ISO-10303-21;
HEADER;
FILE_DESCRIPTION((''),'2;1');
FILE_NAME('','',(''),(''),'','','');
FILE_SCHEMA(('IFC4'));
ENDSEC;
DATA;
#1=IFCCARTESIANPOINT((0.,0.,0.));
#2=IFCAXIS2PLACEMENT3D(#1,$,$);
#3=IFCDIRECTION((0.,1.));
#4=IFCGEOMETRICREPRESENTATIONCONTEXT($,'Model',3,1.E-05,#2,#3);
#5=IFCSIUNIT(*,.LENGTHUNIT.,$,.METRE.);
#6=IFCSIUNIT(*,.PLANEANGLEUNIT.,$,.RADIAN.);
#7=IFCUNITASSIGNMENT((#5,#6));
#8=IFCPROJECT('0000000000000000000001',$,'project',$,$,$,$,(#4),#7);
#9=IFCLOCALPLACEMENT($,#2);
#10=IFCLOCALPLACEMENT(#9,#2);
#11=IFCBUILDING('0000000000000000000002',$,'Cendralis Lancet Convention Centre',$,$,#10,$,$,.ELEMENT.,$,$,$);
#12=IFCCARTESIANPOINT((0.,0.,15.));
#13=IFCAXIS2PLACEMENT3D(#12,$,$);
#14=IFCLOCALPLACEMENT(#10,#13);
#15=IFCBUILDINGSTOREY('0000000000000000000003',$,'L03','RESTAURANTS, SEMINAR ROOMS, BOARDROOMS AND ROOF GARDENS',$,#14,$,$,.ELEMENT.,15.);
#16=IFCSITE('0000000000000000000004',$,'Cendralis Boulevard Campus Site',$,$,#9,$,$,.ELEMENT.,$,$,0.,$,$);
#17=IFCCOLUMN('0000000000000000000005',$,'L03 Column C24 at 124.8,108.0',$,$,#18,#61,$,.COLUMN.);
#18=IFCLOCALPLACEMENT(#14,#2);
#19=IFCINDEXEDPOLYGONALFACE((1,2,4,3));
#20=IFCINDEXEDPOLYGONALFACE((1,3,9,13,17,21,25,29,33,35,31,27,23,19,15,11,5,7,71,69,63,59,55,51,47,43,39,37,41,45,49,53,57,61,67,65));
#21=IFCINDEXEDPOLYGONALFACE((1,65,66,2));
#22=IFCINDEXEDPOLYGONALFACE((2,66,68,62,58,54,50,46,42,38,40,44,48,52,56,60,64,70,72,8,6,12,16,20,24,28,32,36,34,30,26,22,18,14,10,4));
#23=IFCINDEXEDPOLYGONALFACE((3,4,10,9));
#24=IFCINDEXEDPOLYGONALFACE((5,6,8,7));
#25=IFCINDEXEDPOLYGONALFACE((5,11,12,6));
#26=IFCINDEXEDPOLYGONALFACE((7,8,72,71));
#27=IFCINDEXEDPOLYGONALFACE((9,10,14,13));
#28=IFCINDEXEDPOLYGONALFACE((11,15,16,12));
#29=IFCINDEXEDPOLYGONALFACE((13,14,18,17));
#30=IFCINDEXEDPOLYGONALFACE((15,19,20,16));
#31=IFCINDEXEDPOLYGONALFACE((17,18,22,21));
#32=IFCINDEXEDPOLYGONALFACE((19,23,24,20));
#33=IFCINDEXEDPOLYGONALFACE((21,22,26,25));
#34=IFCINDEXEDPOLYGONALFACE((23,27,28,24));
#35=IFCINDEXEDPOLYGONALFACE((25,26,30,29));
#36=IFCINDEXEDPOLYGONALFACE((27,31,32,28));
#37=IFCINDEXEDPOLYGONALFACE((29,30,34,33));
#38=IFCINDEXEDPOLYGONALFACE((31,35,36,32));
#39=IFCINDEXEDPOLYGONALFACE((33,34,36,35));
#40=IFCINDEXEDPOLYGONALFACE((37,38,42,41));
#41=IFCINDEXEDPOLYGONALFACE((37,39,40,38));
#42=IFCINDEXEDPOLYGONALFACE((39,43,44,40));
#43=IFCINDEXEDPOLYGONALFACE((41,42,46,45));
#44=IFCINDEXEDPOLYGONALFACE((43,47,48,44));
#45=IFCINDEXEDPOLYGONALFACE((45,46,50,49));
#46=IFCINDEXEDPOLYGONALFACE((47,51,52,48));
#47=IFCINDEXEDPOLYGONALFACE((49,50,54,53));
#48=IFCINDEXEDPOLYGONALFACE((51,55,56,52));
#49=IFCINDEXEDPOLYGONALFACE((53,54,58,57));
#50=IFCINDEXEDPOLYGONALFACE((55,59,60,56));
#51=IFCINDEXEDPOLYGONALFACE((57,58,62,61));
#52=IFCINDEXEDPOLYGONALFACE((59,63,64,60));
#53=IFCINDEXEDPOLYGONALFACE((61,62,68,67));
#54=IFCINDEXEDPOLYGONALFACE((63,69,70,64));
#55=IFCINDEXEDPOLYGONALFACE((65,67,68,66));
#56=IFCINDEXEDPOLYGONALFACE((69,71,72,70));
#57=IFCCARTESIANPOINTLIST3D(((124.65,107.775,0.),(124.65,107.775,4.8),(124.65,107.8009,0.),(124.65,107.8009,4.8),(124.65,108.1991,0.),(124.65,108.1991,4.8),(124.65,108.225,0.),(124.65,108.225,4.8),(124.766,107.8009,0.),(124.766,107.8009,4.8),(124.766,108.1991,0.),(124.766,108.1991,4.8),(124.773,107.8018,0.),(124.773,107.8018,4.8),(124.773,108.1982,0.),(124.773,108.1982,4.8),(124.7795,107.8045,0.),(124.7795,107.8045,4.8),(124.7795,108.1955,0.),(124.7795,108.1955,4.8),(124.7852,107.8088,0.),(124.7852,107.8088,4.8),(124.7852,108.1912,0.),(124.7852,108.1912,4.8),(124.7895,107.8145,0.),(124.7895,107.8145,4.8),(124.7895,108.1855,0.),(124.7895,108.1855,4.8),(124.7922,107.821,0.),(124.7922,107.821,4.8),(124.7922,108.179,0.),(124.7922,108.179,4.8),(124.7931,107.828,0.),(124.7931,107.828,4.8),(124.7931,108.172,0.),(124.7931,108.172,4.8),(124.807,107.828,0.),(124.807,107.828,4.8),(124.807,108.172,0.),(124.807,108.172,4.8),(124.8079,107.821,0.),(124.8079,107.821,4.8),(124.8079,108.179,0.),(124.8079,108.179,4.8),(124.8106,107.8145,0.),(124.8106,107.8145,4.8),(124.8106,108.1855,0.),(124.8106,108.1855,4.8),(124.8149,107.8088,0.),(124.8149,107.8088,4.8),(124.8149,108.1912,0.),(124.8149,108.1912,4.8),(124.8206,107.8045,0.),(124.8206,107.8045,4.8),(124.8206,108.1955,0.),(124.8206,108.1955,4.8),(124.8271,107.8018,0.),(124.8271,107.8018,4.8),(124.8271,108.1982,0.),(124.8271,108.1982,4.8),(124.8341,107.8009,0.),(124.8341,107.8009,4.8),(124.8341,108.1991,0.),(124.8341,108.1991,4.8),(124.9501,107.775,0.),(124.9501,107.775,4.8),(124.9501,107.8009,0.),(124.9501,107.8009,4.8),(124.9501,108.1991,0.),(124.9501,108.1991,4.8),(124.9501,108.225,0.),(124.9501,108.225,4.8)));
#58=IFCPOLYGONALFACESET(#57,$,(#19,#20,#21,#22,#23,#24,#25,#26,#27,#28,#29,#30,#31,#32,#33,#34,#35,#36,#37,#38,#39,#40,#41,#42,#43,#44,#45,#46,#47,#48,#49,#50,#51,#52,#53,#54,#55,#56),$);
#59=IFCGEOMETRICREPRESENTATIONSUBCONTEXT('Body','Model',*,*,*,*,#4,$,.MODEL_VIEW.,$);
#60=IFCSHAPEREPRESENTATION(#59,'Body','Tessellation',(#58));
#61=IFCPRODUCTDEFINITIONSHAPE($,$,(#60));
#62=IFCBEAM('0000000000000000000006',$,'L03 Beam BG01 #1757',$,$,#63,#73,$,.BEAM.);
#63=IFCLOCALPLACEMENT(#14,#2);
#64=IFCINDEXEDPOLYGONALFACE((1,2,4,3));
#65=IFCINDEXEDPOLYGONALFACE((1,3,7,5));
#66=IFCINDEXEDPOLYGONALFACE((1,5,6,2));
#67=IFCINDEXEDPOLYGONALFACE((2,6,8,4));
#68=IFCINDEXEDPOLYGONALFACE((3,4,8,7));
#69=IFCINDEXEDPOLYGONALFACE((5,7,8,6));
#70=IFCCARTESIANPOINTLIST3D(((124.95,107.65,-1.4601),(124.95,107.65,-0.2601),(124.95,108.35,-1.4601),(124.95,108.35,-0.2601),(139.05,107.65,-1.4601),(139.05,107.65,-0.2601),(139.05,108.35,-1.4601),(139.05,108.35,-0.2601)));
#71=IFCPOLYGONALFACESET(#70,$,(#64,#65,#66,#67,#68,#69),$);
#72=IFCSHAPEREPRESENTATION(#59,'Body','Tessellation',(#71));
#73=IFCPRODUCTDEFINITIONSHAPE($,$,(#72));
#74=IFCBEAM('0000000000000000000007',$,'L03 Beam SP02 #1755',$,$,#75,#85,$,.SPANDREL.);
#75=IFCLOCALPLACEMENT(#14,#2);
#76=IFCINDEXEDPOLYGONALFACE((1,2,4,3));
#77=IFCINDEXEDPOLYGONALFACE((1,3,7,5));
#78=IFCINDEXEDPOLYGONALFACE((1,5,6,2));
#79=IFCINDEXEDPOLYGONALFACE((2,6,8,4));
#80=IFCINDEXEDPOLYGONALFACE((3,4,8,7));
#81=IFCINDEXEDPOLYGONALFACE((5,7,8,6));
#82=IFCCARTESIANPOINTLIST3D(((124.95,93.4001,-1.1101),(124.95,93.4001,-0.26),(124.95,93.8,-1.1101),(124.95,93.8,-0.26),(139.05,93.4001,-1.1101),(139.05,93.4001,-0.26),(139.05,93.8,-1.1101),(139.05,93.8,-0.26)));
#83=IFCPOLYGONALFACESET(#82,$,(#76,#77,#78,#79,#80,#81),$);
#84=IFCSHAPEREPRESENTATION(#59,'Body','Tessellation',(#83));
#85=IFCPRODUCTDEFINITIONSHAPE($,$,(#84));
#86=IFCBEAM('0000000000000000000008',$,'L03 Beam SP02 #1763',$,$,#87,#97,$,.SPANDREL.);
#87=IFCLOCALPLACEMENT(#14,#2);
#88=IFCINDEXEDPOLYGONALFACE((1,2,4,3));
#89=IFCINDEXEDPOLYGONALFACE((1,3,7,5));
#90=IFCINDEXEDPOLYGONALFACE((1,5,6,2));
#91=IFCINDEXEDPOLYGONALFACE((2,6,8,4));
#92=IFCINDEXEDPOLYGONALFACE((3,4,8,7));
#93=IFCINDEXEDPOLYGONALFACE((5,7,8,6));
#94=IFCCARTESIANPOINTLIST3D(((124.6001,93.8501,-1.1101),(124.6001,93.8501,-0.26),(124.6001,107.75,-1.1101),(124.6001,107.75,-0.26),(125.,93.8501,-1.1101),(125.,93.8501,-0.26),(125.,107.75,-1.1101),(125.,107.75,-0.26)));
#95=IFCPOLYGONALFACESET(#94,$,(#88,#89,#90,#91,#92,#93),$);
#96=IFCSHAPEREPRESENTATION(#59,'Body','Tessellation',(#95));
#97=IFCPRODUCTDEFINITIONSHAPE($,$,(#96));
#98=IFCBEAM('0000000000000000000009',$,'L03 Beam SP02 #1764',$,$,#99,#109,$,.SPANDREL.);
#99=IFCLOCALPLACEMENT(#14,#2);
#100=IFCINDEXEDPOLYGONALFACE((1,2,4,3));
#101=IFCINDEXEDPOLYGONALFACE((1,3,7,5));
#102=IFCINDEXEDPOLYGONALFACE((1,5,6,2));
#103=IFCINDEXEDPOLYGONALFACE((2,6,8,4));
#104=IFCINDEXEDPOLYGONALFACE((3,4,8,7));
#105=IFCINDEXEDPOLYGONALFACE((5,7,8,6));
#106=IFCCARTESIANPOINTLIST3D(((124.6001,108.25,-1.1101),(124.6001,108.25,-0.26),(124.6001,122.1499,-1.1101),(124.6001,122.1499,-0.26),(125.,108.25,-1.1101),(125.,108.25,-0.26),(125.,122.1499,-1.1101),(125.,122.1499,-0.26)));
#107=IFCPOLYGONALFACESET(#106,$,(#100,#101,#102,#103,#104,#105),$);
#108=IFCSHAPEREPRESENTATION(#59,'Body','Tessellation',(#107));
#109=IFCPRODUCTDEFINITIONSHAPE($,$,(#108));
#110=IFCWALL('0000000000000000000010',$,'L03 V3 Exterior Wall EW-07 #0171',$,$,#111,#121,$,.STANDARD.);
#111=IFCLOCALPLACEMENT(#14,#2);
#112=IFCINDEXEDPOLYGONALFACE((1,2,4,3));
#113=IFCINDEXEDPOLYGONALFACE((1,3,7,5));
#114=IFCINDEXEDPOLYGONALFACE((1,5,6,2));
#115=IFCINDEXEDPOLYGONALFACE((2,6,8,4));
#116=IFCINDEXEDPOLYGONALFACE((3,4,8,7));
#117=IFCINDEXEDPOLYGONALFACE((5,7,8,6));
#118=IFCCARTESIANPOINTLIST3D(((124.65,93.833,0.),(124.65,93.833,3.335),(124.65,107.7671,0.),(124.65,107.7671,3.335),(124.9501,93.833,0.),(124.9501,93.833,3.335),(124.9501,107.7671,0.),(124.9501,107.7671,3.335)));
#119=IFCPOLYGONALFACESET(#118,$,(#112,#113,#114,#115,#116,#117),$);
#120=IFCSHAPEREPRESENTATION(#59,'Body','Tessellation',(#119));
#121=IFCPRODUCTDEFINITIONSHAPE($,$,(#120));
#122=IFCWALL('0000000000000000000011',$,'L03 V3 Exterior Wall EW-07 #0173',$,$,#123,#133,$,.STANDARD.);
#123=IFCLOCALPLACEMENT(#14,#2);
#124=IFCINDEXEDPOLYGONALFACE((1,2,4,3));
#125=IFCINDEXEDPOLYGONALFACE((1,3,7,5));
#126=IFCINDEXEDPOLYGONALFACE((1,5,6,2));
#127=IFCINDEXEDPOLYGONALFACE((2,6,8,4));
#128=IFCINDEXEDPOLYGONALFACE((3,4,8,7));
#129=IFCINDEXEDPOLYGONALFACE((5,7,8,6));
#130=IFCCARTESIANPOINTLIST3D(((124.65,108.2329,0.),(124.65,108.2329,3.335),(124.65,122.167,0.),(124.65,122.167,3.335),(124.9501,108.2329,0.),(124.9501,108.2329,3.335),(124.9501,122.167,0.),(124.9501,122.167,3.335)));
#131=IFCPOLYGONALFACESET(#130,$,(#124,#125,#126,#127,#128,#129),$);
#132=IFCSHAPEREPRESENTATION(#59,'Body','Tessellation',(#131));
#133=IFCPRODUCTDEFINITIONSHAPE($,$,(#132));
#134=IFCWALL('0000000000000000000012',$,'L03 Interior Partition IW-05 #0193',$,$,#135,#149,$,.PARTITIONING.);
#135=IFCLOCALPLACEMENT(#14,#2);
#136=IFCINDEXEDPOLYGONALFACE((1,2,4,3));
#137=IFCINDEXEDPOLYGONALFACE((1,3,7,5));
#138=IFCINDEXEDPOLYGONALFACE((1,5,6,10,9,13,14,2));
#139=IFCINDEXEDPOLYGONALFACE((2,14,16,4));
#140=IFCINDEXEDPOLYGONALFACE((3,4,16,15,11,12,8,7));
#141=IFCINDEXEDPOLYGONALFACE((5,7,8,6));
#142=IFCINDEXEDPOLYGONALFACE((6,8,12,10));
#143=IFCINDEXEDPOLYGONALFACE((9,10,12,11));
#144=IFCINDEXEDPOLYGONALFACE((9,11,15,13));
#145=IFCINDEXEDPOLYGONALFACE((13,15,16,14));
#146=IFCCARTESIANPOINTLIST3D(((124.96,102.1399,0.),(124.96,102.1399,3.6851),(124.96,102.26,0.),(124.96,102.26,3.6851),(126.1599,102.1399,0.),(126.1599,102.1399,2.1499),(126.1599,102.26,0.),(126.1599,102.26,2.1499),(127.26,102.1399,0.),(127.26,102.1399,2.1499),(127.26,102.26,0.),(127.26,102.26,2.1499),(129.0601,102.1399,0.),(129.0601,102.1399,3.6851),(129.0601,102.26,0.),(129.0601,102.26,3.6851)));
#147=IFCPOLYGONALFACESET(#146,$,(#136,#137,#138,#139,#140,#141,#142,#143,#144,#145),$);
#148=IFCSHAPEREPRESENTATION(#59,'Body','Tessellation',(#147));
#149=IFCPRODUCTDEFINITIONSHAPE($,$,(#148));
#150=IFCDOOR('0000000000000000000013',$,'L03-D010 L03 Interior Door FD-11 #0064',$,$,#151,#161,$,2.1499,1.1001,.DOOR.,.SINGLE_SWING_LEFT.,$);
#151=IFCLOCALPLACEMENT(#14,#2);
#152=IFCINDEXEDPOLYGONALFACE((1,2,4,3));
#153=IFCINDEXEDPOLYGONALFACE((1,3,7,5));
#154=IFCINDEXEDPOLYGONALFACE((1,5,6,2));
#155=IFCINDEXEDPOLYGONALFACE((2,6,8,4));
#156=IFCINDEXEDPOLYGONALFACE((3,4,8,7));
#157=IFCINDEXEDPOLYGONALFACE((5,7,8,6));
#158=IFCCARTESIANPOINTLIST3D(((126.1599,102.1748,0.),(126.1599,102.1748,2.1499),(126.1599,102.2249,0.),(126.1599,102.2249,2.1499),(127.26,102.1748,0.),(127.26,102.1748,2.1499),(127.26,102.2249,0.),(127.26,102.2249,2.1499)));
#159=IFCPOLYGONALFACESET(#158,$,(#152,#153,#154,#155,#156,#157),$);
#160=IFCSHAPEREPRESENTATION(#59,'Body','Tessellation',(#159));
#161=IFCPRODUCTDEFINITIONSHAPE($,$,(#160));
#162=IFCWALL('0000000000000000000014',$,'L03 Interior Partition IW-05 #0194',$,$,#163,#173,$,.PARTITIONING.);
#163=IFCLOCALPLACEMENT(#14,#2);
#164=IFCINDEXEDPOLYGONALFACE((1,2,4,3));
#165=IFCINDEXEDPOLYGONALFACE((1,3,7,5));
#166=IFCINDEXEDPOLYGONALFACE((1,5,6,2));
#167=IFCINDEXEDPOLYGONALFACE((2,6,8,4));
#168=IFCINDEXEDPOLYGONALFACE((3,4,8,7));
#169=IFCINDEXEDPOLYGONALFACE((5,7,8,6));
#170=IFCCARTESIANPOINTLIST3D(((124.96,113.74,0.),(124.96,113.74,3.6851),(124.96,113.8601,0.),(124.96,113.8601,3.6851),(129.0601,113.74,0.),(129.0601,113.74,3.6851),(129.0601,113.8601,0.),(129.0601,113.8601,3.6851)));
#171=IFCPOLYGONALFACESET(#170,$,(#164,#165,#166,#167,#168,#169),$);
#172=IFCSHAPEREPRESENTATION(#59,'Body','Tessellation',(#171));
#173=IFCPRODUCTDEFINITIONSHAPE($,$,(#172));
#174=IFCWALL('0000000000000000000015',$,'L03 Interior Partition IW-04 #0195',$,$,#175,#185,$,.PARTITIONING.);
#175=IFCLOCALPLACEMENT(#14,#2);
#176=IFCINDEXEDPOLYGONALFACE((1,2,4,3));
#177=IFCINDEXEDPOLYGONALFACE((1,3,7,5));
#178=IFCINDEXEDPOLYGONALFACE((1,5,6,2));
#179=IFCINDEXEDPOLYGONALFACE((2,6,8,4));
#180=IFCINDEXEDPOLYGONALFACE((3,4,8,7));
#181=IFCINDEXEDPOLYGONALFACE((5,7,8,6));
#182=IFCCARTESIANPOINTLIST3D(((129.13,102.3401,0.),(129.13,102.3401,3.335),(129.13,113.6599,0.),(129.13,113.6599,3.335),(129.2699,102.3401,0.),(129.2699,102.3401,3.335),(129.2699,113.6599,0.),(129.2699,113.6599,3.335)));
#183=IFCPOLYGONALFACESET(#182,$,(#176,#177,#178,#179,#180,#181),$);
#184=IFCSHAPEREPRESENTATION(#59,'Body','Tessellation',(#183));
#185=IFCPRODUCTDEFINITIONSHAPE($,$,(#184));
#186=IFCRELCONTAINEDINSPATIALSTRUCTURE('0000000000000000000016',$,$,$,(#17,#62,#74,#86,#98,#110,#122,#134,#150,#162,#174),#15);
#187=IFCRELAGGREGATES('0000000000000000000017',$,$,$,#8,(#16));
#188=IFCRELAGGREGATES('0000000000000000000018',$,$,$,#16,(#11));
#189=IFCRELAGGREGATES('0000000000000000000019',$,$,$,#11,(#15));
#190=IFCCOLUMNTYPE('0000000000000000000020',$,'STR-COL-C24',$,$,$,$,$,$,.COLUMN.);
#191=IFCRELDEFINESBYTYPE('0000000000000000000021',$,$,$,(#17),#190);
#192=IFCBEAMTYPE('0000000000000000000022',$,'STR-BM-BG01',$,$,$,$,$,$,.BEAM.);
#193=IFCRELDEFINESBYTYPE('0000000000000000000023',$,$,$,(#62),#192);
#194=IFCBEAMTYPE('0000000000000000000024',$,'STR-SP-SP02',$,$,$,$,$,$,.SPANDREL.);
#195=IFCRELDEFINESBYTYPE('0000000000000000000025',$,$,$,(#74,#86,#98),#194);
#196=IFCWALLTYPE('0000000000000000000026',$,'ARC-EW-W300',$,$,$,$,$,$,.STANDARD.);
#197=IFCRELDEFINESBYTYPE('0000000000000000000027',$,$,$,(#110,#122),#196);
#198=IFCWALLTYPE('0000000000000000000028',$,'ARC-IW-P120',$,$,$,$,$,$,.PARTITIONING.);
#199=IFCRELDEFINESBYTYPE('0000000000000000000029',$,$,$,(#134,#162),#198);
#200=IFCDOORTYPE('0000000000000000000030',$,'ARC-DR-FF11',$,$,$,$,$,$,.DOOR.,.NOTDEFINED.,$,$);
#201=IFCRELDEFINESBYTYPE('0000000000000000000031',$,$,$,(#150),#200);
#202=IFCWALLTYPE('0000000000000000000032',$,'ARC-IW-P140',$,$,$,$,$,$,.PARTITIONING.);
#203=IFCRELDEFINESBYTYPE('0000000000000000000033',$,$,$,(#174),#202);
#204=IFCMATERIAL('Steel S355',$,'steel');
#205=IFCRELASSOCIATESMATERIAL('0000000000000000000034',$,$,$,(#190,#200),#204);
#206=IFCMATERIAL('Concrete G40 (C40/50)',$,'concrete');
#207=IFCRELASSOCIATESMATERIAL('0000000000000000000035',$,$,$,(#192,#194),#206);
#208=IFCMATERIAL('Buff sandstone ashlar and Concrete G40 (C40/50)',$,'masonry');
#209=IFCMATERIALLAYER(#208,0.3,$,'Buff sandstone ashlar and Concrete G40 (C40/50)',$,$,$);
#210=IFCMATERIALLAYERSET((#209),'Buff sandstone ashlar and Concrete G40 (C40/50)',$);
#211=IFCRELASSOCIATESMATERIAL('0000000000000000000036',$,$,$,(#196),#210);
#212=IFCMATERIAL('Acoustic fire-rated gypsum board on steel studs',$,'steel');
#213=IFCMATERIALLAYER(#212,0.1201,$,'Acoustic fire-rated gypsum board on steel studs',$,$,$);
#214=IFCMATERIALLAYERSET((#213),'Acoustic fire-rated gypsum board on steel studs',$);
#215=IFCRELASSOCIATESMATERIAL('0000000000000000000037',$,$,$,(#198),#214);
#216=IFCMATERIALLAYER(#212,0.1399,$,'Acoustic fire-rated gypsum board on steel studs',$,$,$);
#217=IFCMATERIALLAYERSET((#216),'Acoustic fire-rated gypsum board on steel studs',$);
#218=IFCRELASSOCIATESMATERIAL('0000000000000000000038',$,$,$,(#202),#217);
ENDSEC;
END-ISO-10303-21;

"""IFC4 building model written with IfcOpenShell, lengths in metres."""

from ifc_helpers import new_model, si_unit, direction, frame, frame_2d, origin, origin_2d, place, context, subcontext, project, spatial, rectangle, i_section, extrude, material, layer, layer_set, material_profile, profile_set, type_object, element, fill, save


model = new_model("IFC4")

# Units and contexts
model_context = context("Model", 3, precision=1e-05, world=origin(), true_north=direction((0.0, 1.0)))
body_context = subcontext(model_context, "Body", "Model", "MODEL_VIEW")
ifc_project = project(units=[si_unit("LENGTHUNIT", "METRE"), si_unit("PLANEANGLEUNIT", "RADIAN")], contexts=[model_context])

# Site, building, storey
site_placement = place(None, origin())
site = spatial("IfcSite", under=ifc_project, at=site_placement, Name="Cendralis Boulevard Campus Site", CompositionType="ELEMENT", RefElevation=0.0)
building_placement = place(site_placement, origin())
building = spatial("IfcBuilding", under=site, at=building_placement, Name="Cendralis Lancet Convention Centre", CompositionType="ELEMENT")
storey_placement = place(building_placement, frame((0.0, 0.0, 15.0)))
storey = spatial("IfcBuildingStorey", under=building, at=storey_placement, Name="L03", Description="RESTAURANTS, SEMINAR ROOMS, BOARDROOMS AND ROOF GARDENS", CompositionType="ELEMENT", Elevation=15.0)

# Column
ifc_material_1 = material(Name="Steel S355", Category="steel")
ifc_material_profile_1 = material_profile(ifc_material_1, i_section(OverallWidth=0.3, OverallDepth=0.45, WebThickness=0.0139, FlangeThickness=0.0259, FilletRadius=0.0271, at=origin_2d()), Name="HEB 450")
ifc_profile_set_1 = profile_set([ifc_material_profile_1], Name="Steel S355")
column_type = type_object("IfcColumnType", Name="STR-COL-C24", PredefinedType="COLUMN", material=ifc_profile_set_1)
column_placement = place(storey_placement, frame((124.8, 108.0, 0.0), z_axis=(0.0, 0.0, 1.0), x_axis=(1.0, 0.0, 0.0)))
element("IfcColumn", 1, at=column_placement, inside=storey, type_object=column_type, Name="L03 Column C24 at 124.8,108.0", PredefinedType="COLUMN", context=body_context, shape_type="SweptSolid", body=[
    extrude(i_section(OverallWidth=0.3, OverallDepth=0.45, WebThickness=0.0139, FlangeThickness=0.0259, FilletRadius=0.0271, at=origin_2d()), origin(), (0.0, 0.0, 1.0), 4.8),
])

# Beams
ifc_material_2 = material(Name="Concrete G40 (C40/50)", Category="concrete")
ifc_material_profile_2 = material_profile(ifc_material_2, rectangle(XDim=0.7, YDim=1.2, at=origin_2d()), Name="RCB 700x1200")
ifc_profile_set_2 = profile_set([ifc_material_profile_2], Name="Concrete G40 (C40/50)")
beam_type_1 = type_object("IfcBeamType", Name="STR-BM-BG01", PredefinedType="BEAM", material=ifc_profile_set_2)
beam_1_placement = place(storey_placement, frame((124.95, 108.0, -0.8601), z_axis=(1.0, 0.0, 0.0), x_axis=(0.0, 1.0, 0.0)))
element("IfcBeam", 2, at=beam_1_placement, inside=storey, type_object=beam_type_1, Name="L03 Beam BG01 #1757", PredefinedType="BEAM", context=body_context, shape_type="SweptSolid", body=[
    extrude(rectangle(XDim=0.7, YDim=1.2, at=origin_2d()), origin(), (0.0, 0.0, 1.0), 14.1001),
])
ifc_material_profile_3 = material_profile(ifc_material_2, rectangle(XDim=0.3999, YDim=0.8501, at=origin_2d()), Name="RCB 400x850")
ifc_profile_set_3 = profile_set([ifc_material_profile_3], Name="Concrete G40 (C40/50)")
beam_type_2 = type_object("IfcBeamType", Name="STR-SP-SP02", PredefinedType="SPANDREL", material=ifc_profile_set_3)
beam_2_placement = place(storey_placement, frame((124.95, 93.6001, -0.6851), z_axis=(1.0, 0.0, 0.0), x_axis=(0.0, 1.0, 0.0)))
element("IfcBeam", 3, at=beam_2_placement, inside=storey, type_object=beam_type_2, Name="L03 Beam SP02 #1755", PredefinedType="SPANDREL", context=body_context, shape_type="SweptSolid", body=[
    extrude(rectangle(XDim=0.3999, YDim=0.8501, at=origin_2d()), origin(), (0.0, 0.0, 1.0), 14.1001),
])
for number, where, z_axis, x_axis, name in (
    (4, (124.8, 93.8501, -0.6851), (0.0, 1.0, 0.0), (-1.0, 0.0, 0.0), "L03 Beam SP02 #1763"),
    (5, (124.8, 108.25, -0.6851), (0.0, 1.0, 0.0), (-1.0, 0.0, 0.0), "L03 Beam SP02 #1764"),
):
    element("IfcBeam", number, at=place(storey_placement, frame(where, z_axis=z_axis, x_axis=x_axis)), inside=storey, type_object=beam_type_2, Name=name, PredefinedType="SPANDREL", context=body_context, shape_type="SweptSolid", body=[
        extrude(rectangle(XDim=0.3999, YDim=0.8501, at=origin_2d()), origin(), (0.0, 0.0, 1.0), 13.8999),
    ])

# Walls
ifc_material_3 = material(Name="Buff sandstone ashlar and Concrete G40 (C40/50)", Category="masonry")
ifc_layer_1 = layer(ifc_material_3, 0.3, Name="Buff sandstone ashlar and Concrete G40 (C40/50)")
ifc_layer_set_1 = layer_set([ifc_layer_1], Name="Buff sandstone ashlar and Concrete G40 (C40/50)")
wall_type_1 = type_object("IfcWallType", Name="ARC-EW-W300", PredefinedType="STANDARD", material=ifc_layer_set_1)
for number, where, z_axis, x_axis, name in (
    (6, (124.8, 93.833, 0.0), (0.0, 0.0, 1.0), (0.0, 1.0, 0.0), "L03 V3 Exterior Wall EW-07 #0171"),
    (7, (124.8, 108.2329, 0.0), (0.0, 0.0, 1.0), (0.0, 1.0, 0.0), "L03 V3 Exterior Wall EW-07 #0173"),
):
    element("IfcWall", number, at=place(storey_placement, frame(where, z_axis=z_axis, x_axis=x_axis)), inside=storey, type_object=wall_type_1, Name=name, PredefinedType="STANDARD", context=body_context, shape_type="SweptSolid", body=[
        extrude(rectangle(XDim=13.9341, YDim=0.3, at=frame_2d((6.967, 0.0))), origin(), (0.0, 0.0, 1.0), 3.335),
    ])

# Wall, opening, door
ifc_material_4 = material(Name="Acoustic fire-rated gypsum board on steel studs", Category="steel")
ifc_layer_2 = layer(ifc_material_4, 0.1201, Name="Acoustic fire-rated gypsum board on steel studs")
ifc_layer_set_2 = layer_set([ifc_layer_2], Name="Acoustic fire-rated gypsum board on steel studs")
wall_type_2 = type_object("IfcWallType", Name="ARC-IW-P120", PredefinedType="PARTITIONING", material=ifc_layer_set_2)
wall_1_placement = place(storey_placement, frame((124.96, 102.2, 0.0), z_axis=(0.0, 0.0, 1.0), x_axis=(1.0, 0.0, 0.0)))
wall_1 = element("IfcWall", 8, at=wall_1_placement, inside=storey, type_object=wall_type_2, Name="L03 Interior Partition IW-05 #0193", PredefinedType="PARTITIONING", context=body_context, shape_type="SweptSolid", body=[
    extrude(rectangle(XDim=4.1001, YDim=0.1201, at=frame_2d((2.05, 0.0))), origin(), (0.0, 0.0, 1.0), 3.6851),
])
opening_1_placement = place(wall_1_placement, frame((1.2, 0.0, 0.0)))
opening_1 = element("IfcOpeningElement", 9, at=opening_1_placement, cuts=wall_1, PredefinedType="OPENING", context=body_context, shape_type="SweptSolid", body=[
    extrude(rectangle(XDim=1.1001, YDim=2.1499, at=frame_2d((0.55, 1.075))), frame((0.0, 0.0701, 0.0), z_axis=(0.0, -1.0, 0.0), x_axis=(1.0, 0.0, 0.0)), (0.0, 0.0, 1.0), 0.1401),
])
door_type_1 = type_object("IfcDoorType", Name="ARC-DR-FF11", OperationType="NOTDEFINED", PredefinedType="DOOR", material=ifc_material_1)
door_1_placement = place(opening_1_placement, origin())
door_1 = element("IfcDoor", 10, at=door_1_placement, inside=storey, type_object=door_type_1, Name="L03-D010 L03 Interior Door FD-11 #0064", OperationType="SINGLE_SWING_LEFT", OverallHeight=2.1499, OverallWidth=1.1001, PredefinedType="DOOR", context=body_context, shape_type="SweptSolid", body=[
    extrude(rectangle(XDim=1.1001, YDim=2.1499, at=frame_2d((0.55, 1.075))), frame((0.0, 0.0249, 0.0), z_axis=(0.0, -1.0, 0.0), x_axis=(1.0, 0.0, 0.0)), (0.0, 0.0, 1.0), 0.05),
])
fill(opening_1, door_1)

# Walls
wall_2_placement = place(storey_placement, frame((124.96, 113.8, 0.0), z_axis=(0.0, 0.0, 1.0), x_axis=(1.0, 0.0, 0.0)))
element("IfcWall", 11, at=wall_2_placement, inside=storey, type_object=wall_type_2, Name="L03 Interior Partition IW-05 #0194", PredefinedType="PARTITIONING", context=body_context, shape_type="SweptSolid", body=[
    extrude(rectangle(XDim=4.1001, YDim=0.1201, at=frame_2d((2.05, 0.0))), origin(), (0.0, 0.0, 1.0), 3.6851),
])
ifc_layer_3 = layer(ifc_material_4, 0.1399, Name="Acoustic fire-rated gypsum board on steel studs")
ifc_layer_set_3 = layer_set([ifc_layer_3], Name="Acoustic fire-rated gypsum board on steel studs")
wall_type_3 = type_object("IfcWallType", Name="ARC-IW-P140", PredefinedType="PARTITIONING", material=ifc_layer_set_3)
wall_3_placement = place(storey_placement, frame((129.2, 102.3401, 0.0), z_axis=(0.0, 0.0, 1.0), x_axis=(0.0, 1.0, 0.0)))
element("IfcWall", 12, at=wall_3_placement, inside=storey, type_object=wall_type_3, Name="L03 Interior Partition IW-04 #0195", PredefinedType="PARTITIONING", context=body_context, shape_type="SweptSolid", body=[
    extrude(rectangle(XDim=11.3198, YDim=0.1399, at=frame_2d((5.6599, 0.0))), origin(), (0.0, 0.0, 1.0), 3.335),
])

save(model, "model.ifc")
